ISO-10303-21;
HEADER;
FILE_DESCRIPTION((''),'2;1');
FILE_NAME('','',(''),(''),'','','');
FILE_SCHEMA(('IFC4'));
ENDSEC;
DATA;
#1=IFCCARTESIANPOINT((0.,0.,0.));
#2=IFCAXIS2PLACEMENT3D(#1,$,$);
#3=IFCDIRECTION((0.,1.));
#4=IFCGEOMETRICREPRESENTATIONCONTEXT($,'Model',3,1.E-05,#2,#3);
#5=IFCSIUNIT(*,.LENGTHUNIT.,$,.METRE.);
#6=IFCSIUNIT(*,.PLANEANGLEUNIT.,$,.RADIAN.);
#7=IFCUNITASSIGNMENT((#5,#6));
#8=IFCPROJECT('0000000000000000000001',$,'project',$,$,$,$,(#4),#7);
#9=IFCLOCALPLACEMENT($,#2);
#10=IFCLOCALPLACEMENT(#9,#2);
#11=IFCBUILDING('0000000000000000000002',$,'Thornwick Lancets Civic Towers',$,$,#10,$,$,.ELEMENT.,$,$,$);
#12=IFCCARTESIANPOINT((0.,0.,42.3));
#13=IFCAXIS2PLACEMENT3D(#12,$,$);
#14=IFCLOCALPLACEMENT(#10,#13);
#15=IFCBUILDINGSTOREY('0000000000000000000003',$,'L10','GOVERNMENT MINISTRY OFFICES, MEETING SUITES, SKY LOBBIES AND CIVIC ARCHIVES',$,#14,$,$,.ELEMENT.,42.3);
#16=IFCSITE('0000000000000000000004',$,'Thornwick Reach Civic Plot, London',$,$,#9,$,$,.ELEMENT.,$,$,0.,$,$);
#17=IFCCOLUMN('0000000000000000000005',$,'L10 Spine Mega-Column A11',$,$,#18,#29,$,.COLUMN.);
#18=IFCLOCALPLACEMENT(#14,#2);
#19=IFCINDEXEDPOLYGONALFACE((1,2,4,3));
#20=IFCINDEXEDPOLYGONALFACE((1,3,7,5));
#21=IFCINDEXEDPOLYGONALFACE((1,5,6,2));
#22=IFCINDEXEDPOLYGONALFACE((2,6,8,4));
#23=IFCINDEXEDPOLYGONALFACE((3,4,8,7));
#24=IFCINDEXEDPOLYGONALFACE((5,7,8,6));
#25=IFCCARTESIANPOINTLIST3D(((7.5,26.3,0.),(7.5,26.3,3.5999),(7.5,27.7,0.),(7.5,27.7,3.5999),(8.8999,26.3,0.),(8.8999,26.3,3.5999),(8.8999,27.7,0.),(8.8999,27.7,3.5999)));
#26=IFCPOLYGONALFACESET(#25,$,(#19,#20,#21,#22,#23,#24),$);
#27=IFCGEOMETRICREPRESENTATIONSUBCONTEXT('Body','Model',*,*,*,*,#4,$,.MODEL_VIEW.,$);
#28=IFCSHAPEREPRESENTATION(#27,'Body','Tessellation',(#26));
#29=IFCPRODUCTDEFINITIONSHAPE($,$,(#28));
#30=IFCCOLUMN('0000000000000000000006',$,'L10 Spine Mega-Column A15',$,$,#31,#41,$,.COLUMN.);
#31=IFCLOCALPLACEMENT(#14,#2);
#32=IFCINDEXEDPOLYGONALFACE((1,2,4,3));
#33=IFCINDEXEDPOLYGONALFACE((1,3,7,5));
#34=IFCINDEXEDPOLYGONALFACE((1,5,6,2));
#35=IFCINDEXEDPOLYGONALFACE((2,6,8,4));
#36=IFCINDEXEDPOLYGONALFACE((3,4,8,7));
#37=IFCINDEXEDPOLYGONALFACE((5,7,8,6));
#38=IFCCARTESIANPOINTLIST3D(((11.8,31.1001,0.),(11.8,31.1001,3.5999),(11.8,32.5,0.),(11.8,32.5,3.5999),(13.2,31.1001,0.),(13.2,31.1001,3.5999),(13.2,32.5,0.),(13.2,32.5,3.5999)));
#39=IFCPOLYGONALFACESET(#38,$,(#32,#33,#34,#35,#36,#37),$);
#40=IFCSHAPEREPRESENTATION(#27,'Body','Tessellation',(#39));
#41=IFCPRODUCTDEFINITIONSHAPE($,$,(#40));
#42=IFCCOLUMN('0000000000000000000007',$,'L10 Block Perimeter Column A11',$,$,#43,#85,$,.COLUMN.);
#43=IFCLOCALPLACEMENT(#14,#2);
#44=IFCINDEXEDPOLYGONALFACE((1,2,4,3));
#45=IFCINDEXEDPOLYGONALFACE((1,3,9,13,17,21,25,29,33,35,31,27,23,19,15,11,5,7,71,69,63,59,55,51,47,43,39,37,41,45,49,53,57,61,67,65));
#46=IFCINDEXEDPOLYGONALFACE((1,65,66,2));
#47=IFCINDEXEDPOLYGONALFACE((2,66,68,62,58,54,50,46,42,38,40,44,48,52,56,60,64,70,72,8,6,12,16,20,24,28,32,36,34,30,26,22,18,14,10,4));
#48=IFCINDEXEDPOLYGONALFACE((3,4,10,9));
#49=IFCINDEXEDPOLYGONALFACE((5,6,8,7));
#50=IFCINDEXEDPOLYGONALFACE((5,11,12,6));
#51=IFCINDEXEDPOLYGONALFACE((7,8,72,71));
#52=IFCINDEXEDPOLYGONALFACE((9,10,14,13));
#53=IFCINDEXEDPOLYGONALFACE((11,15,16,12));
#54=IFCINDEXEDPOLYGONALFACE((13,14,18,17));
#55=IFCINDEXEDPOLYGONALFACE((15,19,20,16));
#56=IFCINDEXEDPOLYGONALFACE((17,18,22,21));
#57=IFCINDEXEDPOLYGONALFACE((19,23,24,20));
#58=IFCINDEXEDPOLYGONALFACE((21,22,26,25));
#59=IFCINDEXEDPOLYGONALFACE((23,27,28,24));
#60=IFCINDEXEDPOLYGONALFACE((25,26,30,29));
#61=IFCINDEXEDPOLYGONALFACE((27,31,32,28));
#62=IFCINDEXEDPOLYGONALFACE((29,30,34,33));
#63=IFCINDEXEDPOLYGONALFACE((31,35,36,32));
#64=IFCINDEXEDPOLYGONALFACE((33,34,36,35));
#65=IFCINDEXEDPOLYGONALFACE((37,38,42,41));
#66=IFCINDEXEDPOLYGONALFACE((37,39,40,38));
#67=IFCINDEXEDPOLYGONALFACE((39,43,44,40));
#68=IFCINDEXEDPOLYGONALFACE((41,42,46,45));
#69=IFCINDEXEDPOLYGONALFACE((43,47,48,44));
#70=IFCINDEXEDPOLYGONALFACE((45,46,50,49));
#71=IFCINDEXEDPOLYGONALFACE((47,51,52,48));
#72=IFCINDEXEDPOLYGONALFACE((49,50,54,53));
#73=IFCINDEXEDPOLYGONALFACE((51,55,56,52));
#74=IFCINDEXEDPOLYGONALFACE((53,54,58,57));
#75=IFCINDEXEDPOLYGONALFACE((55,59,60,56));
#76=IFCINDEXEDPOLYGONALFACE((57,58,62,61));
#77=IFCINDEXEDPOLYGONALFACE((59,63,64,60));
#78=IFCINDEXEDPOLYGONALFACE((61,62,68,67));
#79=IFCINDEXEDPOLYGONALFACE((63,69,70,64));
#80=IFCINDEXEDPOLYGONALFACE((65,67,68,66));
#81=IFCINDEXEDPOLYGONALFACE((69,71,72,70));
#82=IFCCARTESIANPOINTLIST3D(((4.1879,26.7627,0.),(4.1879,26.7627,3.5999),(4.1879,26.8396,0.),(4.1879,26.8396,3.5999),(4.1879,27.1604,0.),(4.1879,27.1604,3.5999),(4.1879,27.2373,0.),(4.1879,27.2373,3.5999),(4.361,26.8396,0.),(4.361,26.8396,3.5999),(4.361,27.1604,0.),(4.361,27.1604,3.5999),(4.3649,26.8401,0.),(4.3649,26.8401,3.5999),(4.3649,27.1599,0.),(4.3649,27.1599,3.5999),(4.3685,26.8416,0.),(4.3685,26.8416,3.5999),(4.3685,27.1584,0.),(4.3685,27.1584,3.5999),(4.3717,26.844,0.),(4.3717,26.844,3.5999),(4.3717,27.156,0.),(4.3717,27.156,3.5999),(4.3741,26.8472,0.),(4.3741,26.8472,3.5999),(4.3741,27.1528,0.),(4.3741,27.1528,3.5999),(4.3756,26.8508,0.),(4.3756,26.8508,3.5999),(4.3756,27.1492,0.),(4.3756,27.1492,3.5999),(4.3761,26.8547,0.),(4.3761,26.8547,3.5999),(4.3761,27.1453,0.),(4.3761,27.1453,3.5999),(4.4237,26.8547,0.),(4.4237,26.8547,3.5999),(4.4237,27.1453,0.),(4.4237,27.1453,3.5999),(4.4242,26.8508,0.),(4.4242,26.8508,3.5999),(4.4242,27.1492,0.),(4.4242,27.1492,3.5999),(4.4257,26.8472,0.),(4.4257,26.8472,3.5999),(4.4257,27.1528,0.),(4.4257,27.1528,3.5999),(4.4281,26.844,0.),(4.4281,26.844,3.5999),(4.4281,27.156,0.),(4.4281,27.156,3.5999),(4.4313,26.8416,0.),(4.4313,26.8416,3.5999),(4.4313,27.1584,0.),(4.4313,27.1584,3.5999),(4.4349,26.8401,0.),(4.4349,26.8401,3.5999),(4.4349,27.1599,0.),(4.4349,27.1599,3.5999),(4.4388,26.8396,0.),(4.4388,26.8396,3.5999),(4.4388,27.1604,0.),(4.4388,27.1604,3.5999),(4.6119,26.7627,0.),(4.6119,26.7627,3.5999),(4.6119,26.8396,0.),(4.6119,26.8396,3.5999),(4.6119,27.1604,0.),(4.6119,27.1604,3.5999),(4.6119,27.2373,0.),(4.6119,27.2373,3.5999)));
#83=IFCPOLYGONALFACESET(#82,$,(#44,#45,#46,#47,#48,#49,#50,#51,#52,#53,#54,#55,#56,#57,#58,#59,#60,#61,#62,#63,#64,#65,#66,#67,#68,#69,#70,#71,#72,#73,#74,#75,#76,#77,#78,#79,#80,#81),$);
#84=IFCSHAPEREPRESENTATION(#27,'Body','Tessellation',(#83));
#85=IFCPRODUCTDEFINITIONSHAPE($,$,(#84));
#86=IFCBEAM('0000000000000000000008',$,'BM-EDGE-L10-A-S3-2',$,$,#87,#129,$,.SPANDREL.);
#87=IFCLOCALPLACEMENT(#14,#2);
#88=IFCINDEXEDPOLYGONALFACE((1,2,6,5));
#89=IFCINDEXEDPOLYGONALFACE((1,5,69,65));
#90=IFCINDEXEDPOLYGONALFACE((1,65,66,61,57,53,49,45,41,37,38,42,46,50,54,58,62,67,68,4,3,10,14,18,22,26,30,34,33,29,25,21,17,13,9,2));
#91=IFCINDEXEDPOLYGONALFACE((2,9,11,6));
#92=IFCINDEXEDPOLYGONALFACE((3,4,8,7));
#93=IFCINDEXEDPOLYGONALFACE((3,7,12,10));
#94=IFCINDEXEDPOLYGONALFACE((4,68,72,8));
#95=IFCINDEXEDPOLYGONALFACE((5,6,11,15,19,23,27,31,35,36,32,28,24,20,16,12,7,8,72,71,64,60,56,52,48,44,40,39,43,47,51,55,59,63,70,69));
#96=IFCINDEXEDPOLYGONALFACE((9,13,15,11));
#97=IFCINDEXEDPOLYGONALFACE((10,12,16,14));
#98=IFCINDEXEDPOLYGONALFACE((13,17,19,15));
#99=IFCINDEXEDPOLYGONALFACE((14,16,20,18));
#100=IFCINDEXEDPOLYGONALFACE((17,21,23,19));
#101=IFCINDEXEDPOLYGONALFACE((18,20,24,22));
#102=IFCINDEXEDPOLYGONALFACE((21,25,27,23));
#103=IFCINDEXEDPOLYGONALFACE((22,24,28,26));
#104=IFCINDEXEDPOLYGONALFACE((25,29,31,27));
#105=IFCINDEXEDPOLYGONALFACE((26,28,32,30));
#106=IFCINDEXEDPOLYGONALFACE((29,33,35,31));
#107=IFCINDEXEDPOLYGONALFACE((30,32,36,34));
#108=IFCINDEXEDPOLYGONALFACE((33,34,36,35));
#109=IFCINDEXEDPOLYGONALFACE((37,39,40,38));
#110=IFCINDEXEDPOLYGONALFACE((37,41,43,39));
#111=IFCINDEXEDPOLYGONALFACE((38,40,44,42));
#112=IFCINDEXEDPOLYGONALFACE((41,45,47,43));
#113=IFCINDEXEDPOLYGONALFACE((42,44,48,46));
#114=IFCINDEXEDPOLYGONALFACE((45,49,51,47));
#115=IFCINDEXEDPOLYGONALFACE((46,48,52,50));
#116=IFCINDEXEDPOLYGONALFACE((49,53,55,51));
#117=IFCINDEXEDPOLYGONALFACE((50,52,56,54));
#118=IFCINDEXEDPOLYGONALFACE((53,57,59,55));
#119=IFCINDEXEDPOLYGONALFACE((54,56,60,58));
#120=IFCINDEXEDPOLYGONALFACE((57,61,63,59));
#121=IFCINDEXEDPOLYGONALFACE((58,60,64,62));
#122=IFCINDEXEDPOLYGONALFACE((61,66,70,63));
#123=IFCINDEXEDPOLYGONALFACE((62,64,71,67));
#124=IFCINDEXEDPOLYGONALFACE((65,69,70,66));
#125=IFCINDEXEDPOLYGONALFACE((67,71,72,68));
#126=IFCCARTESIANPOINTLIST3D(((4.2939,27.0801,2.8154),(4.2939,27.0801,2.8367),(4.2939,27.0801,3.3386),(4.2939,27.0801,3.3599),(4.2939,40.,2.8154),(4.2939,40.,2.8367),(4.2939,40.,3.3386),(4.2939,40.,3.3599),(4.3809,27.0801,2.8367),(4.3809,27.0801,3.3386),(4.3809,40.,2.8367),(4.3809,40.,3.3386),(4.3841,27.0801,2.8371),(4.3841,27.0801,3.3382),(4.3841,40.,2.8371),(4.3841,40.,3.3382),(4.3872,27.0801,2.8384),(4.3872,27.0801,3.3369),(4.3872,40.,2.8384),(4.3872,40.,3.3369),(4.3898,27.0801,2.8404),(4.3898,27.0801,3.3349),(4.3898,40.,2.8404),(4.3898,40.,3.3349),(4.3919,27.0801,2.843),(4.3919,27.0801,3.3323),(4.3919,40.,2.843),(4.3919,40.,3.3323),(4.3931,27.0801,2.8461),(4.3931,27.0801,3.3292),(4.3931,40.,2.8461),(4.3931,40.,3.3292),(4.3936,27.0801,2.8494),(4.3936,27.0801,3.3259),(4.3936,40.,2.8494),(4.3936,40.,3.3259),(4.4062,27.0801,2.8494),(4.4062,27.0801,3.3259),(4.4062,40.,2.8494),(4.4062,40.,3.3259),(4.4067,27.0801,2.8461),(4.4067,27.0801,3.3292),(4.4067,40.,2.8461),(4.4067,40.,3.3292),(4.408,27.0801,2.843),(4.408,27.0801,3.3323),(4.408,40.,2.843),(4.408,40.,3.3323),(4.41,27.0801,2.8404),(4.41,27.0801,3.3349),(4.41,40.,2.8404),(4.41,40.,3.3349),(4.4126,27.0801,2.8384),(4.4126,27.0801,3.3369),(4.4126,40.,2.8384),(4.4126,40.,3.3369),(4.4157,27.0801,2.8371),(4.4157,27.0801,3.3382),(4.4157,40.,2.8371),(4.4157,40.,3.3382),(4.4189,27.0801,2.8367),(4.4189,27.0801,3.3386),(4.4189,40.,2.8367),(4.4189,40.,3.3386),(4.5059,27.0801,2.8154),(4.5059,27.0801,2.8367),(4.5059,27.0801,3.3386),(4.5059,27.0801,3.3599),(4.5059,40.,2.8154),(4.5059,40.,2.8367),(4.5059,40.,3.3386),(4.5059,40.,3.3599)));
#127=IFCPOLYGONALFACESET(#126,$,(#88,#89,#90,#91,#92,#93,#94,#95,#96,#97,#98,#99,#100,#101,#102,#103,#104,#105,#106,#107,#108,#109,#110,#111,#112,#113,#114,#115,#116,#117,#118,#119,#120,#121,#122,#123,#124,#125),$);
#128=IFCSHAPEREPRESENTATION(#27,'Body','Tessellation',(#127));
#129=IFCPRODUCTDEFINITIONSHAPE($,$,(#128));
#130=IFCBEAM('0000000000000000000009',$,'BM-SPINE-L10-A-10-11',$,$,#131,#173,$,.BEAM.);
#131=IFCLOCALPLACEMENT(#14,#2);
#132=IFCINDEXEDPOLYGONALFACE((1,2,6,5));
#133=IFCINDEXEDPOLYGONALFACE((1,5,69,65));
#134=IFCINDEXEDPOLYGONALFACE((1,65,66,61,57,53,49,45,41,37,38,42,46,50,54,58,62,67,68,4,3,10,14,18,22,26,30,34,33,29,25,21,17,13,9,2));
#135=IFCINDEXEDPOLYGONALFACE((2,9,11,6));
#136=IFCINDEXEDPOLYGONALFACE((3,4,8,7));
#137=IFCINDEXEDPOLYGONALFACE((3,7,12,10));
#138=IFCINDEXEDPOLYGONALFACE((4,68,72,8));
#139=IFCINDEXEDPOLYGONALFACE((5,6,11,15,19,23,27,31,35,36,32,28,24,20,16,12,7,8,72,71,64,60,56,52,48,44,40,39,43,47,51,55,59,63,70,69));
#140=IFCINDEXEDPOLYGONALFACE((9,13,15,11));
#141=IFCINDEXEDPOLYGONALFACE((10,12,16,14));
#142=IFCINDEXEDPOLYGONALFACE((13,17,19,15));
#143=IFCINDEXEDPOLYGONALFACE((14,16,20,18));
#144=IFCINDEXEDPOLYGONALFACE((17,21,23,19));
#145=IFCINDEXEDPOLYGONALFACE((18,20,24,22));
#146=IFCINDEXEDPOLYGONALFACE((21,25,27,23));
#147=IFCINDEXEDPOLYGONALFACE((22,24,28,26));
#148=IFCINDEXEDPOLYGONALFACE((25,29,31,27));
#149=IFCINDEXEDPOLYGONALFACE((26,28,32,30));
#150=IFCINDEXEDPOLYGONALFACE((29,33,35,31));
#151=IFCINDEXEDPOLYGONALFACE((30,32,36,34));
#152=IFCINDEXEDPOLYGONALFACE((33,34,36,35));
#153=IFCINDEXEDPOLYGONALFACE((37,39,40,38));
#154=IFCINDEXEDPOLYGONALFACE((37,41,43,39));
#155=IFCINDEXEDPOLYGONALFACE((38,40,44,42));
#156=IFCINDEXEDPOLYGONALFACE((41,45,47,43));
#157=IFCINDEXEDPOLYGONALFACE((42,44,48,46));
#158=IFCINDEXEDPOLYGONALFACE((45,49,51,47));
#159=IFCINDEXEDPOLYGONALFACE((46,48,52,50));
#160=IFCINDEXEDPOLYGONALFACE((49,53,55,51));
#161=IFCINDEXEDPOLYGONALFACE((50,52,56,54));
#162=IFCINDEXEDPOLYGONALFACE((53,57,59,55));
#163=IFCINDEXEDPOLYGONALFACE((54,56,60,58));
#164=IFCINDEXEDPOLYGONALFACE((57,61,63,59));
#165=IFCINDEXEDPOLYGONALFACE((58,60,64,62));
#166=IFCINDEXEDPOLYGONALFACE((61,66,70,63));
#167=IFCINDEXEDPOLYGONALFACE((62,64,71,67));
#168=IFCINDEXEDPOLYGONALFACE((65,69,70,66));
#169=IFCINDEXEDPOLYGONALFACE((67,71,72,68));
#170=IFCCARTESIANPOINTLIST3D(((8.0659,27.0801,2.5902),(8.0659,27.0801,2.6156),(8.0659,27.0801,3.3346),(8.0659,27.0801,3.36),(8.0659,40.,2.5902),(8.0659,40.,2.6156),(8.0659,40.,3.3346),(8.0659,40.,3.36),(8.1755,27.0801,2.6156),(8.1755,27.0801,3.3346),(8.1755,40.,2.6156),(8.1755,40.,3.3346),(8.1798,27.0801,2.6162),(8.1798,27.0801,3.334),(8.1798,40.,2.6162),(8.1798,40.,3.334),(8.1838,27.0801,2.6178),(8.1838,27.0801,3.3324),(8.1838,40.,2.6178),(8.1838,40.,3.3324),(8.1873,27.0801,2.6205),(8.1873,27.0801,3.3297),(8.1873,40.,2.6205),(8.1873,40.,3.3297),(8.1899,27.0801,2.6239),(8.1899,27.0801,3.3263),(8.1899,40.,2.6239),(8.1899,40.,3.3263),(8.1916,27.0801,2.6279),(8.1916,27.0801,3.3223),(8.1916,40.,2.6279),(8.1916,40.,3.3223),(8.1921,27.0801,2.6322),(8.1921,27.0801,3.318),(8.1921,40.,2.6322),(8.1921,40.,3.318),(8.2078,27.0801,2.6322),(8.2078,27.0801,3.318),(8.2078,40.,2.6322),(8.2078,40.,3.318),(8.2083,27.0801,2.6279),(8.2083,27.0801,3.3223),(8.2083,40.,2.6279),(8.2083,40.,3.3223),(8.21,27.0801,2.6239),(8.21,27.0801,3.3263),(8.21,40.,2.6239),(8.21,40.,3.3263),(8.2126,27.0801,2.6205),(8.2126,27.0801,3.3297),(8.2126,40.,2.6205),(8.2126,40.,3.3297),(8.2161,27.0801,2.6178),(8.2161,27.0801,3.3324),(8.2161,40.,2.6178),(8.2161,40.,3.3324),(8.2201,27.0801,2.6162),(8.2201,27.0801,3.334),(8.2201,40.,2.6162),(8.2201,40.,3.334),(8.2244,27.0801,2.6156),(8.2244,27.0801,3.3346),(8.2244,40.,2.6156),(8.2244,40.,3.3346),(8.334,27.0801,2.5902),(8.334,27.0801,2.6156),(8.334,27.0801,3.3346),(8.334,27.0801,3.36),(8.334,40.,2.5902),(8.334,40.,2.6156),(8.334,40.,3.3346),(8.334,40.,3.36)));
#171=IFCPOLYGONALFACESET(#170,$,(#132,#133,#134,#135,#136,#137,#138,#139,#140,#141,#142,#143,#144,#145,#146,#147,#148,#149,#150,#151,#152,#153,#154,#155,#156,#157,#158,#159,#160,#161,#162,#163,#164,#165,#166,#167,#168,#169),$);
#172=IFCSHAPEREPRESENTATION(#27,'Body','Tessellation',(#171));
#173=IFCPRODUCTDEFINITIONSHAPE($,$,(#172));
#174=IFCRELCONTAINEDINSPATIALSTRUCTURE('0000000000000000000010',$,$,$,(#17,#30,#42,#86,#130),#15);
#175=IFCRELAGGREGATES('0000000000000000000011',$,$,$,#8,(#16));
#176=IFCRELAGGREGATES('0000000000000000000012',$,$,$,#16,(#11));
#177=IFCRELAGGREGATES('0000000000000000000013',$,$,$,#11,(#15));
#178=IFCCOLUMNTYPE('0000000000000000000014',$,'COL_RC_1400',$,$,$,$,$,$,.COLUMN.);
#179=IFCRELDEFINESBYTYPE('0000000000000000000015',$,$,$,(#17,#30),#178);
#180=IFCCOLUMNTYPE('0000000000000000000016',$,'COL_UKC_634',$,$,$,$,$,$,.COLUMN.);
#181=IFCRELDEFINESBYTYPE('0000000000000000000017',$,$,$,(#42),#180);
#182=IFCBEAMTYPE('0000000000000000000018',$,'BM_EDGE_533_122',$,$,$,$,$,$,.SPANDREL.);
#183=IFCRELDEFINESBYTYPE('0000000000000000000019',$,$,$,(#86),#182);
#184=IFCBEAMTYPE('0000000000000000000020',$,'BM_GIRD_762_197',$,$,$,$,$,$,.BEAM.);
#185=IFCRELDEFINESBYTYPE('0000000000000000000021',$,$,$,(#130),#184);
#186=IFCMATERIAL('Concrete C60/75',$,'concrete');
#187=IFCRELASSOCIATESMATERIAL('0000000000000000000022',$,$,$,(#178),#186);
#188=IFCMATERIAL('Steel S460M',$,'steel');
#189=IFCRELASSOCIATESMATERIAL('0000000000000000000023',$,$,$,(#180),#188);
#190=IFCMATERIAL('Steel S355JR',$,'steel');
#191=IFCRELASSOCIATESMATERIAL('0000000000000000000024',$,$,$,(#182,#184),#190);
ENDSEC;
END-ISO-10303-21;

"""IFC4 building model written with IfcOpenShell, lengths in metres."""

from ifc_helpers import new_model, si_unit, direction, frame, origin, origin_2d, place, context, subcontext, project, spatial, rectangle, i_section, extrude, material, material_profile, profile_set, type_object, element, save


model = new_model("IFC4")

# Units and contexts
model_context = context("Model", 3, precision=1e-05, world=origin(), true_north=direction((0.0, 1.0)))
body_context = subcontext(model_context, "Body", "Model", "MODEL_VIEW")
ifc_project = project(units=[si_unit("LENGTHUNIT", "METRE"), si_unit("PLANEANGLEUNIT", "RADIAN")], contexts=[model_context])

# Site, building, storey
site_placement = place(None, origin())
site = spatial("IfcSite", under=ifc_project, at=site_placement, Name="Thornwick Reach Civic Plot, London", CompositionType="ELEMENT", RefElevation=0.0)
building_placement = place(site_placement, origin())
building = spatial("IfcBuilding", under=site, at=building_placement, Name="Thornwick Lancets Civic Towers", CompositionType="ELEMENT")
storey_placement = place(building_placement, frame((0.0, 0.0, 42.3)))
storey = spatial("IfcBuildingStorey", under=building, at=storey_placement, Name="L10", Description="GOVERNMENT MINISTRY OFFICES, MEETING SUITES, SKY LOBBIES AND CIVIC ARCHIVES", CompositionType="ELEMENT", Elevation=42.3)

# Columns
ifc_material_1 = material(Name="Concrete C60/75", Category="concrete")
ifc_material_profile_1 = material_profile(ifc_material_1, rectangle(XDim=1.3999, YDim=1.3999, at=origin_2d()), Name="RC 1400x1400")
ifc_profile_set_1 = profile_set([ifc_material_profile_1], Name="Concrete C60/75")
column_type_1 = type_object("IfcColumnType", Name="COL_RC_1400", PredefinedType="COLUMN", material=ifc_profile_set_1)
for number, where, z_axis, x_axis, name in (
    (1, (8.2, 27.0, 0.0), (0.0, 0.0, 1.0), (1.0, 0.0, 0.0), "L10 Spine Mega-Column A11"),
    (2, (12.5, 31.8, 0.0), (0.0, 0.0, 1.0), (1.0, 0.0, 0.0), "L10 Spine Mega-Column A15"),
):
    element("IfcColumn", number, at=place(storey_placement, frame(where, z_axis=z_axis, x_axis=x_axis)), inside=storey, type_object=column_type_1, Name=name, PredefinedType="COLUMN", context=body_context, shape_type="SweptSolid", body=[
        extrude(rectangle(XDim=1.3999, YDim=1.3999, at=origin_2d()), origin(), (0.0, 0.0, 1.0), 3.5999),
    ])
ifc_material_2 = material(Name="Steel S460M", Category="steel")
ifc_material_profile_2 = material_profile(ifc_material_2, i_section(OverallWidth=0.4241, OverallDepth=0.4746, WebThickness=0.0476, FlangeThickness=0.0769, FilletRadius=0.0151, at=origin_2d()), Name="UKC 356x406x634")
ifc_profile_set_2 = profile_set([ifc_material_profile_2], Name="Steel S460M")
column_type_2 = type_object("IfcColumnType", Name="COL_UKC_634", PredefinedType="COLUMN", material=ifc_profile_set_2)
column_placement = place(storey_placement, frame((4.3999, 27.0, 0.0), z_axis=(0.0, 0.0, 1.0), x_axis=(1.0, 0.0, 0.0)))
element("IfcColumn", 3, at=column_placement, inside=storey, type_object=column_type_2, Name="L10 Block Perimeter Column A11", PredefinedType="COLUMN", context=body_context, shape_type="SweptSolid", body=[
    extrude(i_section(OverallWidth=0.4241, OverallDepth=0.4746, WebThickness=0.0476, FlangeThickness=0.0769, FilletRadius=0.0151, at=origin_2d()), origin(), (0.0, 0.0, 1.0), 3.5999),
])

# Beams
ifc_material_3 = material(Name="Steel S355JR", Category="steel")
ifc_material_profile_3 = material_profile(ifc_material_3, i_section(OverallWidth=0.2119, OverallDepth=0.5444, WebThickness=0.0127, FlangeThickness=0.0212, FilletRadius=0.0127, at=origin_2d()), Name="UKB 533x210x122")
ifc_profile_set_3 = profile_set([ifc_material_profile_3], Name="Steel S355JR")
beam_type_1 = type_object("IfcBeamType", Name="BM_EDGE_533_122", PredefinedType="SPANDREL", material=ifc_profile_set_3)
beam_1_placement = place(storey_placement, frame((4.3999, 27.0801, 3.0876), z_axis=(0.0, 1.0, 0.0), x_axis=(-1.0, 0.0, 0.0)))
element("IfcBeam", 4, at=beam_1_placement, inside=storey, type_object=beam_type_1, Name="BM-EDGE-L10-A-S3-2", PredefinedType="SPANDREL", context=body_context, shape_type="SweptSolid", body=[
    extrude(i_section(OverallWidth=0.2119, OverallDepth=0.5444, WebThickness=0.0127, FlangeThickness=0.0212, FilletRadius=0.0127, at=origin_2d()), origin(), (0.0, 0.0, 1.0), 12.9199),
])
ifc_material_profile_4 = material_profile(ifc_material_3, i_section(OverallWidth=0.2681, OverallDepth=0.7698, WebThickness=0.0156, FlangeThickness=0.0254, FilletRadius=0.0166, at=origin_2d()), Name="UKB 762x267x197")
ifc_profile_set_4 = profile_set([ifc_material_profile_4], Name="Steel S355JR")
beam_type_2 = type_object("IfcBeamType", Name="BM_GIRD_762_197", PredefinedType="BEAM", material=ifc_profile_set_4)
beam_2_placement = place(storey_placement, frame((8.2, 27.0801, 2.9751), z_axis=(0.0, 1.0, 0.0), x_axis=(-1.0, 0.0, 0.0)))
element("IfcBeam", 5, at=beam_2_placement, inside=storey, type_object=beam_type_2, Name="BM-SPINE-L10-A-10-11", PredefinedType="BEAM", context=body_context, shape_type="SweptSolid", body=[
    extrude(i_section(OverallWidth=0.2681, OverallDepth=0.7698, WebThickness=0.0156, FlangeThickness=0.0254, FilletRadius=0.0166, at=origin_2d()), origin(), (0.0, 0.0, 1.0), 12.9199),
])

save(model, "model.ifc")
